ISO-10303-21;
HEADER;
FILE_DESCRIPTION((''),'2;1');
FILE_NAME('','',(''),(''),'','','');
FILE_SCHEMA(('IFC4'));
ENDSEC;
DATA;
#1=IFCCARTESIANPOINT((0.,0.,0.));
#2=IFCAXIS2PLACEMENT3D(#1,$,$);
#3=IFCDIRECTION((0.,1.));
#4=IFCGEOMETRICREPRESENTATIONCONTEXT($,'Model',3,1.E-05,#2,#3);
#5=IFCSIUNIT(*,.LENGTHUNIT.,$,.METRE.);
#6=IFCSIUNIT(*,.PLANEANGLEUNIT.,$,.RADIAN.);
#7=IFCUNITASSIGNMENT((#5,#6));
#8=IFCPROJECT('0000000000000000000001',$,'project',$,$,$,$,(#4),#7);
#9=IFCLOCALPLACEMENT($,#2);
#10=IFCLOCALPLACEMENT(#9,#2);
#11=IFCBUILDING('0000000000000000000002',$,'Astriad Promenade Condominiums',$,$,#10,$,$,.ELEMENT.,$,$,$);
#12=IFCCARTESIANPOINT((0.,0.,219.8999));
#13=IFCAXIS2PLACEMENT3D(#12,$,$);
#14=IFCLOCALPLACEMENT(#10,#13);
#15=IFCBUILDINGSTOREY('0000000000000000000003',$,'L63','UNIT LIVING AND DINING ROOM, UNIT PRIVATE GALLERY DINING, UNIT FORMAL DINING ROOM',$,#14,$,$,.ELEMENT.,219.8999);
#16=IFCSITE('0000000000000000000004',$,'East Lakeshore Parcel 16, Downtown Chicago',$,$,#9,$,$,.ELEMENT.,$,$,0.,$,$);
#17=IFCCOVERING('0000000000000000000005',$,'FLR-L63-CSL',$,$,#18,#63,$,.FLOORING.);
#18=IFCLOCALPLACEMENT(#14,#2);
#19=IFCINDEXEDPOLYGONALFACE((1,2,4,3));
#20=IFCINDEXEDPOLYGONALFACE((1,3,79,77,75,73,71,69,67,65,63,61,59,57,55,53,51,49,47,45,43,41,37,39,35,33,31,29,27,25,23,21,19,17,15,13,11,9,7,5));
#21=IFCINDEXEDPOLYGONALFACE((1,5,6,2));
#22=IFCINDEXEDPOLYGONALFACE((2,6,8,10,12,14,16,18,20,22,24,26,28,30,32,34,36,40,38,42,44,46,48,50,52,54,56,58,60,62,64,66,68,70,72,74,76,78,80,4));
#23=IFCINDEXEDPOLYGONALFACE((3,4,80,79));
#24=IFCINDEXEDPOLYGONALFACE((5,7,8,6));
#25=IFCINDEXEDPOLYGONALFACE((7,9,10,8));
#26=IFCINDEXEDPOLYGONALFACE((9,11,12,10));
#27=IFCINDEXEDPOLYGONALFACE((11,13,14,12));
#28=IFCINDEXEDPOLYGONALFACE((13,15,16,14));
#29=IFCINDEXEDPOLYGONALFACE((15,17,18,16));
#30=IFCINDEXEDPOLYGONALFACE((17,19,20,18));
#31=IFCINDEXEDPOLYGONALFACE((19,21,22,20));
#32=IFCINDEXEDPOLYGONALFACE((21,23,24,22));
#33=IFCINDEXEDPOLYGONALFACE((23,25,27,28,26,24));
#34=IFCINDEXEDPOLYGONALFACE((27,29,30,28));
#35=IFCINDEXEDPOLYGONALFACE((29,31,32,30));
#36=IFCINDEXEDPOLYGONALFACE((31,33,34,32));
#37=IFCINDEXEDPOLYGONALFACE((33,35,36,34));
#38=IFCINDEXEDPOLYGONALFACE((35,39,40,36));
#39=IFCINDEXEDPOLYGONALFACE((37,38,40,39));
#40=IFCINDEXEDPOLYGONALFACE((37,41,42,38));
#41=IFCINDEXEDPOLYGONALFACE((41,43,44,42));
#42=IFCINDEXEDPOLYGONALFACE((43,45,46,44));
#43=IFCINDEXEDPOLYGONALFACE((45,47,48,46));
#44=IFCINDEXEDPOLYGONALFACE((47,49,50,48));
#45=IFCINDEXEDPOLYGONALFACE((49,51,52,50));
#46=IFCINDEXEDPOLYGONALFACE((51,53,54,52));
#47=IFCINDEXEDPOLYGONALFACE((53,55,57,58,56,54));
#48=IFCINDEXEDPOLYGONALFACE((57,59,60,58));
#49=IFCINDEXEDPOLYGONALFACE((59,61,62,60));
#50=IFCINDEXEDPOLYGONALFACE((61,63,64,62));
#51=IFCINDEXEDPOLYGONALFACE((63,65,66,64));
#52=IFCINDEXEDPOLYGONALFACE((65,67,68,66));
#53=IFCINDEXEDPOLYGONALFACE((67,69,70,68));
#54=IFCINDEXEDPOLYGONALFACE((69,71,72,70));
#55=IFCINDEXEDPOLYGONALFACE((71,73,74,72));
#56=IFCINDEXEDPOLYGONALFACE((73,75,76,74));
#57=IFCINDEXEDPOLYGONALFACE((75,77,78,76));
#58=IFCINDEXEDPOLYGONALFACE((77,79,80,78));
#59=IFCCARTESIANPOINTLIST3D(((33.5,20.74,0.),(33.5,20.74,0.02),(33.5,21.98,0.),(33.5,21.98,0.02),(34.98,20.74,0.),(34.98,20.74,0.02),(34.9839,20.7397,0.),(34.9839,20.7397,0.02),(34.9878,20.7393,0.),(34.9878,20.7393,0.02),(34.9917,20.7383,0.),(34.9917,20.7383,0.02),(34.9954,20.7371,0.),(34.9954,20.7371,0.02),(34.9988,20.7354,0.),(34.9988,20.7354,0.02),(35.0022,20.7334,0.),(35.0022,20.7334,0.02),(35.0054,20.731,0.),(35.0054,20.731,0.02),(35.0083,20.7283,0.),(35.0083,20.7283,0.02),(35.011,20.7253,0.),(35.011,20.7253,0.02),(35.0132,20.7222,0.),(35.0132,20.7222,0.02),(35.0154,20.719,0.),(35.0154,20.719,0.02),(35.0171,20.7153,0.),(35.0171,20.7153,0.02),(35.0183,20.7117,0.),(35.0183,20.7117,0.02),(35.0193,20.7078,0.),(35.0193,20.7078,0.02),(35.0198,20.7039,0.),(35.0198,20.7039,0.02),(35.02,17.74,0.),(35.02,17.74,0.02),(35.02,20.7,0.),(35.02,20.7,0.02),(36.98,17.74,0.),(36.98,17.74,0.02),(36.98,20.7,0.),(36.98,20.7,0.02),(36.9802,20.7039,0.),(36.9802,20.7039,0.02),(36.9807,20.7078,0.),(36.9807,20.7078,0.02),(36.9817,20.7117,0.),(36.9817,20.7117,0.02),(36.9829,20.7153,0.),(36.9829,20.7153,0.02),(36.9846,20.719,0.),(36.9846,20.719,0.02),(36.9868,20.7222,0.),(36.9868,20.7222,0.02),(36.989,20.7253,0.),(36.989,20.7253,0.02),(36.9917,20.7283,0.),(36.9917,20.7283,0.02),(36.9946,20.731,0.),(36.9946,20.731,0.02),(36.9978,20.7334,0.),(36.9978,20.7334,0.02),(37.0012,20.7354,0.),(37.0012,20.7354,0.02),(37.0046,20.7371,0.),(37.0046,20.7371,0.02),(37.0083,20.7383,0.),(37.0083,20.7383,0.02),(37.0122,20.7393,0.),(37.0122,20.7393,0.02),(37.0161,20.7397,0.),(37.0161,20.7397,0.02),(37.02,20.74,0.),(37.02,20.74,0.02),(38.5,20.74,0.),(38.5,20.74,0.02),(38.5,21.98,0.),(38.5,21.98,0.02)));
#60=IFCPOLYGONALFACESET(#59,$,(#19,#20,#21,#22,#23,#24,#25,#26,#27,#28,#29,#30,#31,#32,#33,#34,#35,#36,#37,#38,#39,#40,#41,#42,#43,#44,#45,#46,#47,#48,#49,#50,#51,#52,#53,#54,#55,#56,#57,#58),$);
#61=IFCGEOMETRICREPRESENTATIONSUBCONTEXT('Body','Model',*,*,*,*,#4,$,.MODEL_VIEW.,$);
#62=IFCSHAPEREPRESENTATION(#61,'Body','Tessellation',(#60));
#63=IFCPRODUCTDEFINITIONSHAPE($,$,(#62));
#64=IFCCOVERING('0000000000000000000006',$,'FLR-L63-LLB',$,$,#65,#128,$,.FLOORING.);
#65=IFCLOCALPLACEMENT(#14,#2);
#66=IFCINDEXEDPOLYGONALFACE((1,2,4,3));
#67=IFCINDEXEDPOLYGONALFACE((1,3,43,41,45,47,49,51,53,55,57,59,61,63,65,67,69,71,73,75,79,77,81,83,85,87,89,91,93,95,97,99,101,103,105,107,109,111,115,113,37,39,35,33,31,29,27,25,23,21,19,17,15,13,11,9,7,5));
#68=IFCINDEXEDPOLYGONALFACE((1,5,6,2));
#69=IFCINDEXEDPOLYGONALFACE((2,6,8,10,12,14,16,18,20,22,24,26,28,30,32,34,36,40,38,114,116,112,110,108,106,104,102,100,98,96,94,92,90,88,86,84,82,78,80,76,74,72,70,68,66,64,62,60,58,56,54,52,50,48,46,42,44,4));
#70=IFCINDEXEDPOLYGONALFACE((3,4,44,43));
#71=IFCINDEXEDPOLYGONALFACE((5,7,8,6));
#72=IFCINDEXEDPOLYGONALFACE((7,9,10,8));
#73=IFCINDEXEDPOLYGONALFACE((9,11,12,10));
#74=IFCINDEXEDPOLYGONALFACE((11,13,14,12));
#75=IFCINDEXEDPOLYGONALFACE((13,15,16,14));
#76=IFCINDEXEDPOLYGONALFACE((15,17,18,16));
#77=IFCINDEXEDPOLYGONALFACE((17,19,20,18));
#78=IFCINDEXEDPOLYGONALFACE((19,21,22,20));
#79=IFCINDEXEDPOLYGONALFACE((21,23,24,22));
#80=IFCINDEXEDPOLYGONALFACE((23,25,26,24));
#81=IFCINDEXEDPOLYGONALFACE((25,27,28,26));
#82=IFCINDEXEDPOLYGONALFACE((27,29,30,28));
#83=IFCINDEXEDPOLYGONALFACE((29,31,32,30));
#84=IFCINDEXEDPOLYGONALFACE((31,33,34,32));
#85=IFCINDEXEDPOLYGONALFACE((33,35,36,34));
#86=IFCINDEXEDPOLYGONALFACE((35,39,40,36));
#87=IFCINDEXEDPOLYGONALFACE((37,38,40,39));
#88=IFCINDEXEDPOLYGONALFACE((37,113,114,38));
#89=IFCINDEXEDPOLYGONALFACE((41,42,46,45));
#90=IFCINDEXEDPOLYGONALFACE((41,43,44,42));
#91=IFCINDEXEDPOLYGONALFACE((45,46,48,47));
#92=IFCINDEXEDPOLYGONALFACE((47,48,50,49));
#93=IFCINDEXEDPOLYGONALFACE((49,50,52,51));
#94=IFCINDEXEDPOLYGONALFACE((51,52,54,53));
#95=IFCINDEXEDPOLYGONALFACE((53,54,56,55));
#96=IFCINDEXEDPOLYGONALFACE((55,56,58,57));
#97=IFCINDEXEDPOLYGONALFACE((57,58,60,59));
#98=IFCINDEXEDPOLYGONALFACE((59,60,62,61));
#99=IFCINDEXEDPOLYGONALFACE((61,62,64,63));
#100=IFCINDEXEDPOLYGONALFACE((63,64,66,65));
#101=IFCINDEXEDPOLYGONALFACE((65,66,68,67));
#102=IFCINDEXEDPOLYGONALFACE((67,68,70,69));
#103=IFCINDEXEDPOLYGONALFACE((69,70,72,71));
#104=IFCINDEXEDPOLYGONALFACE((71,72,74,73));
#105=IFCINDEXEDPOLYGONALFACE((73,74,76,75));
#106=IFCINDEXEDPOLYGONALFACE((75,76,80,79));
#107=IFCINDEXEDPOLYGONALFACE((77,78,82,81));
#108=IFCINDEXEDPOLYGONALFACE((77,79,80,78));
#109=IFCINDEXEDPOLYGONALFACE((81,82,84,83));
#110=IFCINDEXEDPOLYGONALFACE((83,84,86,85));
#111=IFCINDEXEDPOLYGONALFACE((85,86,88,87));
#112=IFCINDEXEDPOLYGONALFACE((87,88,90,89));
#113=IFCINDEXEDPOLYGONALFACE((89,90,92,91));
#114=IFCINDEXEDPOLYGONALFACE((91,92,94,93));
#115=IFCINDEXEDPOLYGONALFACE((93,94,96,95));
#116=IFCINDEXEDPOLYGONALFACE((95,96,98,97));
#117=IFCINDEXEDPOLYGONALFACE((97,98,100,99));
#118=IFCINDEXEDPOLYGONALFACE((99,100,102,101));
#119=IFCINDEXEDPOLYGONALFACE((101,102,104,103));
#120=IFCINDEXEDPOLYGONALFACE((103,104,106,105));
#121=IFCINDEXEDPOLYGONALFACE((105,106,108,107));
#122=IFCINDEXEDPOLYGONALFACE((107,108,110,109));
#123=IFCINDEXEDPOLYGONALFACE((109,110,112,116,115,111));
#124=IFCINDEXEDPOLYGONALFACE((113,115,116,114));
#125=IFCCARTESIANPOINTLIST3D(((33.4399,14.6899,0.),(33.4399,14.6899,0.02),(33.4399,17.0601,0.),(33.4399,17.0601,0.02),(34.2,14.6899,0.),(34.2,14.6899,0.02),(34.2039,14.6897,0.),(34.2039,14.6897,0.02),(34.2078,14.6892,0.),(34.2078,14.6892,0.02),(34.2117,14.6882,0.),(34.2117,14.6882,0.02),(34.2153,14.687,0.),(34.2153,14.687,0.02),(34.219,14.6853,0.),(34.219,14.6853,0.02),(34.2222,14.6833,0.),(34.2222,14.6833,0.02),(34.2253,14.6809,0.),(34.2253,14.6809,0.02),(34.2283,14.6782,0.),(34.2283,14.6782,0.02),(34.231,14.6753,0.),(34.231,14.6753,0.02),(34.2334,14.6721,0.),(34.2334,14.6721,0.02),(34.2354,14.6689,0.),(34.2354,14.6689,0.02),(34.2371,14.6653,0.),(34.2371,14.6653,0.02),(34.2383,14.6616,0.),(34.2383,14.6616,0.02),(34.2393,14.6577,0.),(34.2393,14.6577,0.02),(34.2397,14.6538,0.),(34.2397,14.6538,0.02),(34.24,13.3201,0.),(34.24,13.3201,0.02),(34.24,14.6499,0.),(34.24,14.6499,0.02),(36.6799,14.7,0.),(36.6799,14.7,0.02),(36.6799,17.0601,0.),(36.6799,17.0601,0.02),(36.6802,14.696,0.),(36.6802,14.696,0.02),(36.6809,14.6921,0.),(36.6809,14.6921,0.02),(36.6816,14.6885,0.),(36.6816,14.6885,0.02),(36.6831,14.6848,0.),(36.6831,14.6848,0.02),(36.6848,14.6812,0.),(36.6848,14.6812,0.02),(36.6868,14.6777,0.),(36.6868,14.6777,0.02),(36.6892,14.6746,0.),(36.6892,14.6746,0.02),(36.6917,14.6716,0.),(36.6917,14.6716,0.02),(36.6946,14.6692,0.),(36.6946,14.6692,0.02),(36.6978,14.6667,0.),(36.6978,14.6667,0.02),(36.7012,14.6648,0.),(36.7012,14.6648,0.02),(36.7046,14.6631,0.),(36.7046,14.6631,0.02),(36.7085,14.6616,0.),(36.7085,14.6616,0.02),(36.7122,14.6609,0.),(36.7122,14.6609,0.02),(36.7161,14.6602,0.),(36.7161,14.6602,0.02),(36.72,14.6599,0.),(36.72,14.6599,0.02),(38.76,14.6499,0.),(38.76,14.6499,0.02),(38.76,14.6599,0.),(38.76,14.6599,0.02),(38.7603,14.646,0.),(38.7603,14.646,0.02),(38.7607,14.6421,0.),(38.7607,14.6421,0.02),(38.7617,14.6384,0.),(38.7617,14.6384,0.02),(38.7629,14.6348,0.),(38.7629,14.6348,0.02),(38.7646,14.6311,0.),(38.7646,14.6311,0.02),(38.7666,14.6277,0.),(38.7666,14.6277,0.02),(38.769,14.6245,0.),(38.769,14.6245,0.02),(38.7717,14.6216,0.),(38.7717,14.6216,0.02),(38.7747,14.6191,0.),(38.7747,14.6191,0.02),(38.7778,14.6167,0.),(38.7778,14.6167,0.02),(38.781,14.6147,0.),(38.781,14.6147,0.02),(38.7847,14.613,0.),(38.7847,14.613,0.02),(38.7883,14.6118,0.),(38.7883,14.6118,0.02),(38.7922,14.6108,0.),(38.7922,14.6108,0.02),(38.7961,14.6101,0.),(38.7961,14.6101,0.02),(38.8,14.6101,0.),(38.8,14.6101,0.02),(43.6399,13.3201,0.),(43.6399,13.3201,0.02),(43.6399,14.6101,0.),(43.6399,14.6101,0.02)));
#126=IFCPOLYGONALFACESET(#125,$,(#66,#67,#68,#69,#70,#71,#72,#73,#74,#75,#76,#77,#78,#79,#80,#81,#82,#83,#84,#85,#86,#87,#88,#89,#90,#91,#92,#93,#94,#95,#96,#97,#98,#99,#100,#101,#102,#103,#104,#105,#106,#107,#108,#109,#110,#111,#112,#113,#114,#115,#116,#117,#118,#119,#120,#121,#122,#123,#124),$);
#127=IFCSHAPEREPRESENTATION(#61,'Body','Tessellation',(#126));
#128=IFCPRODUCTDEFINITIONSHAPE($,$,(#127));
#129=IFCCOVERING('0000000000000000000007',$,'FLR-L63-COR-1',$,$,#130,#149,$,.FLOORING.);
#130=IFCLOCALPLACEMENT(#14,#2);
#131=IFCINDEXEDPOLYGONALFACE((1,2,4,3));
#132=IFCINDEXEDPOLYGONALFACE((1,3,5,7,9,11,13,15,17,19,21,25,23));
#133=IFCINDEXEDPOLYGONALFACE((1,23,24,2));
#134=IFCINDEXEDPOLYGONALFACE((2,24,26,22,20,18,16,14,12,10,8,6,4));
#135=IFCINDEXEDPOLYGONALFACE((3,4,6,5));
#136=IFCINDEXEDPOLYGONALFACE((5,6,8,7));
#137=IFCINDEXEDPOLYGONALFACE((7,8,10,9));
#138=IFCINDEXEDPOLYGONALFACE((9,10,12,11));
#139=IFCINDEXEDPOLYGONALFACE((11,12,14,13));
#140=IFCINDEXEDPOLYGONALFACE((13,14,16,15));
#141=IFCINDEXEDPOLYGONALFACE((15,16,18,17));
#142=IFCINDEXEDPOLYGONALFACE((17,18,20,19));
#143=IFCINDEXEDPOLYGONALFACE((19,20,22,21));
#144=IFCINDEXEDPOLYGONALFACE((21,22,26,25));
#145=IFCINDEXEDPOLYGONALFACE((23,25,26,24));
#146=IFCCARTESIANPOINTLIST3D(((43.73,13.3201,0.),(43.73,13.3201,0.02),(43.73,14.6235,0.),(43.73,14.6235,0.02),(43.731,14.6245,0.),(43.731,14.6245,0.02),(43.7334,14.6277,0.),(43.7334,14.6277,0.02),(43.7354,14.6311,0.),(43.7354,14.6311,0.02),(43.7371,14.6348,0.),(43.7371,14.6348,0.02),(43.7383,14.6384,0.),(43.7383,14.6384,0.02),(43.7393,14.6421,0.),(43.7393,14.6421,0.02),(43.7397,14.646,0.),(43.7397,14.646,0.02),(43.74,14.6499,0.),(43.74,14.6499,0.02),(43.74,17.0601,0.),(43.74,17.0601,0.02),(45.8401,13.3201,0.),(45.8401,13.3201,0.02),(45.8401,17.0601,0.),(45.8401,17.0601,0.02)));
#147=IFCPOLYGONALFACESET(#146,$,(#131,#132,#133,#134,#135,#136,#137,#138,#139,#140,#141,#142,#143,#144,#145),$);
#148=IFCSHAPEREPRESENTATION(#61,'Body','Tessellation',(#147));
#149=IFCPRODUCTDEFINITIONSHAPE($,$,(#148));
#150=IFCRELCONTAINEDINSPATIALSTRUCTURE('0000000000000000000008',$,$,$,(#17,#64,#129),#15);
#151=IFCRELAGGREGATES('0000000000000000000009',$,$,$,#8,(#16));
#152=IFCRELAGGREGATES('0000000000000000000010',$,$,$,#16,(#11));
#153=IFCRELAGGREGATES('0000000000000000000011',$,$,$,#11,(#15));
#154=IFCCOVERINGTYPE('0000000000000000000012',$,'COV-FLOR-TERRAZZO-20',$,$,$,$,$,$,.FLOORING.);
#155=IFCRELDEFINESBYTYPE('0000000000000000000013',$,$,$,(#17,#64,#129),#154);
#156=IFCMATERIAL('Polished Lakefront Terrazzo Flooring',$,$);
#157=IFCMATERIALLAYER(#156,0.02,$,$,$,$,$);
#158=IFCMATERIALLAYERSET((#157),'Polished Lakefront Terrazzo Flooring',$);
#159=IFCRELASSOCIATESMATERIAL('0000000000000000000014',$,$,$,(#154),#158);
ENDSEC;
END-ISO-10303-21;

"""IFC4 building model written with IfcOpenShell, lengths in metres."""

from ifc_helpers import new_model, si_unit, direction, frame, origin, place, context, subcontext, project, spatial, polyline, outline, extrude, material, layer, layer_set, type_object, element, save


model = new_model("IFC4")

# Units and contexts
model_context = context("Model", 3, precision=1e-05, world=origin(), true_north=direction((0.0, 1.0)))
body_context = subcontext(model_context, "Body", "Model", "MODEL_VIEW")
ifc_project = project(units=[si_unit("LENGTHUNIT", "METRE"), si_unit("PLANEANGLEUNIT", "RADIAN")], contexts=[model_context])

# Site, building, storey
site_placement = place(None, origin())
site = spatial("IfcSite", under=ifc_project, at=site_placement, Name="East Lakeshore Parcel 16, Downtown Chicago", CompositionType="ELEMENT", RefElevation=0.0)
building_placement = place(site_placement, origin())
building = spatial("IfcBuilding", under=site, at=building_placement, Name="Astriad Promenade Condominiums", CompositionType="ELEMENT")
storey_placement = place(building_placement, frame((0.0, 0.0, 219.8999)))
storey = spatial("IfcBuildingStorey", under=building, at=storey_placement, Name="L63", Description="UNIT LIVING AND DINING ROOM, UNIT PRIVATE GALLERY DINING, UNIT FORMAL DINING ROOM", CompositionType="ELEMENT", Elevation=219.8999)

# Coverings
ifc_material_1 = material(Name="Polished Lakefront Terrazzo Flooring")
ifc_layer_1 = layer(ifc_material_1, 0.02)
ifc_layer_set_1 = layer_set([ifc_layer_1], Name="Polished Lakefront Terrazzo Flooring")
covering_type = type_object("IfcCoveringType", Name="COV-FLOR-TERRAZZO-20", PredefinedType="FLOORING", material=ifc_layer_set_1)
covering_1_placement = place(storey_placement, origin())
element("IfcCovering", 1, at=covering_1_placement, inside=storey, type_object=covering_type, Name="FLR-L63-CSL", PredefinedType="FLOORING", context=body_context, shape_type="SweptSolid", body=[
    extrude(outline(polyline([(36.98, 20.7), (36.98, 17.74), (35.02, 17.74), (35.02, 20.7), (35.0198, 20.7039), (35.0193, 20.7078), (35.0183, 20.7117), (35.0171, 20.7153), (35.0154, 20.719), (35.0132, 20.7222), (35.011, 20.7253), (35.0083, 20.7283), (35.0054, 20.731), (35.0022, 20.7334), (34.9988, 20.7354), (34.9954, 20.7371), (34.9917, 20.7383), (34.9878, 20.7393), (34.9839, 20.7397), (34.98, 20.74), (33.5, 20.74), (33.5, 21.98), (38.5, 21.98), (38.5, 20.74), (37.02, 20.74), (37.0161, 20.7397), (37.0122, 20.7393), (37.0083, 20.7383), (37.0046, 20.7371), (37.0012, 20.7354), (36.9978, 20.7334), (36.9946, 20.731), (36.9917, 20.7283), (36.989, 20.7253), (36.9868, 20.7222), (36.9846, 20.719), (36.9829, 20.7153), (36.9817, 20.7117), (36.9807, 20.7078), (36.9802, 20.7039), (36.98, 20.7)])), origin(), (0.0, 0.0, 1.0), 0.02),
])
covering_2_placement = place(storey_placement, origin())
element("IfcCovering", 2, at=covering_2_placement, inside=storey, type_object=covering_type, Name="FLR-L63-LLB", PredefinedType="FLOORING", context=body_context, shape_type="SweptSolid", body=[
    extrude(outline(polyline([(43.6399, 14.6101), (43.6399, 13.3201), (34.24, 13.3201), (34.24, 14.6499), (34.2397, 14.6538), (34.2393, 14.6577), (34.2383, 14.6616), (34.2371, 14.6653), (34.2354, 14.6689), (34.2334, 14.6721), (34.231, 14.6753), (34.2283, 14.6782), (34.2253, 14.6809), (34.2222, 14.6833), (34.219, 14.6853), (34.2153, 14.687), (34.2117, 14.6882), (34.2078, 14.6892), (34.2039, 14.6897), (34.2, 14.6899), (33.4399, 14.6899), (33.4399, 17.0601), (36.6799, 17.0601), (36.6799, 14.7), (36.6802, 14.696), (36.6809, 14.6921), (36.6816, 14.6885), (36.6831, 14.6848), (36.6848, 14.6812), (36.6868, 14.6777), (36.6892, 14.6746), (36.6917, 14.6716), (36.6946, 14.6692), (36.6978, 14.6667), (36.7012, 14.6648), (36.7046, 14.6631), (36.7085, 14.6616), (36.7122, 14.6609), (36.7161, 14.6602), (36.72, 14.6599), (38.76, 14.6599), (38.76, 14.6499), (38.7603, 14.646), (38.7607, 14.6421), (38.7617, 14.6384), (38.7629, 14.6348), (38.7646, 14.6311), (38.7666, 14.6277), (38.769, 14.6245), (38.7717, 14.6216), (38.7747, 14.6191), (38.7778, 14.6167), (38.781, 14.6147), (38.7847, 14.613), (38.7883, 14.6118), (38.7922, 14.6108), (38.7961, 14.6101), (38.8, 14.6101), (43.6399, 14.6101)])), origin(), (0.0, 0.0, 1.0), 0.02),
])
covering_3_placement = place(storey_placement, origin())
element("IfcCovering", 3, at=covering_3_placement, inside=storey, type_object=covering_type, Name="FLR-L63-COR-1", PredefinedType="FLOORING", context=body_context, shape_type="SweptSolid", body=[
    extrude(outline(polyline([(43.73, 13.3201), (43.73, 14.6235), (43.731, 14.6245), (43.7334, 14.6277), (43.7354, 14.6311), (43.7371, 14.6348), (43.7383, 14.6384), (43.7393, 14.6421), (43.7397, 14.646), (43.74, 14.6499), (43.74, 17.0601), (45.8401, 17.0601), (45.8401, 13.3201), (43.73, 13.3201)])), origin(), (0.0, 0.0, 1.0), 0.02),
])

save(model, "model.ifc")
